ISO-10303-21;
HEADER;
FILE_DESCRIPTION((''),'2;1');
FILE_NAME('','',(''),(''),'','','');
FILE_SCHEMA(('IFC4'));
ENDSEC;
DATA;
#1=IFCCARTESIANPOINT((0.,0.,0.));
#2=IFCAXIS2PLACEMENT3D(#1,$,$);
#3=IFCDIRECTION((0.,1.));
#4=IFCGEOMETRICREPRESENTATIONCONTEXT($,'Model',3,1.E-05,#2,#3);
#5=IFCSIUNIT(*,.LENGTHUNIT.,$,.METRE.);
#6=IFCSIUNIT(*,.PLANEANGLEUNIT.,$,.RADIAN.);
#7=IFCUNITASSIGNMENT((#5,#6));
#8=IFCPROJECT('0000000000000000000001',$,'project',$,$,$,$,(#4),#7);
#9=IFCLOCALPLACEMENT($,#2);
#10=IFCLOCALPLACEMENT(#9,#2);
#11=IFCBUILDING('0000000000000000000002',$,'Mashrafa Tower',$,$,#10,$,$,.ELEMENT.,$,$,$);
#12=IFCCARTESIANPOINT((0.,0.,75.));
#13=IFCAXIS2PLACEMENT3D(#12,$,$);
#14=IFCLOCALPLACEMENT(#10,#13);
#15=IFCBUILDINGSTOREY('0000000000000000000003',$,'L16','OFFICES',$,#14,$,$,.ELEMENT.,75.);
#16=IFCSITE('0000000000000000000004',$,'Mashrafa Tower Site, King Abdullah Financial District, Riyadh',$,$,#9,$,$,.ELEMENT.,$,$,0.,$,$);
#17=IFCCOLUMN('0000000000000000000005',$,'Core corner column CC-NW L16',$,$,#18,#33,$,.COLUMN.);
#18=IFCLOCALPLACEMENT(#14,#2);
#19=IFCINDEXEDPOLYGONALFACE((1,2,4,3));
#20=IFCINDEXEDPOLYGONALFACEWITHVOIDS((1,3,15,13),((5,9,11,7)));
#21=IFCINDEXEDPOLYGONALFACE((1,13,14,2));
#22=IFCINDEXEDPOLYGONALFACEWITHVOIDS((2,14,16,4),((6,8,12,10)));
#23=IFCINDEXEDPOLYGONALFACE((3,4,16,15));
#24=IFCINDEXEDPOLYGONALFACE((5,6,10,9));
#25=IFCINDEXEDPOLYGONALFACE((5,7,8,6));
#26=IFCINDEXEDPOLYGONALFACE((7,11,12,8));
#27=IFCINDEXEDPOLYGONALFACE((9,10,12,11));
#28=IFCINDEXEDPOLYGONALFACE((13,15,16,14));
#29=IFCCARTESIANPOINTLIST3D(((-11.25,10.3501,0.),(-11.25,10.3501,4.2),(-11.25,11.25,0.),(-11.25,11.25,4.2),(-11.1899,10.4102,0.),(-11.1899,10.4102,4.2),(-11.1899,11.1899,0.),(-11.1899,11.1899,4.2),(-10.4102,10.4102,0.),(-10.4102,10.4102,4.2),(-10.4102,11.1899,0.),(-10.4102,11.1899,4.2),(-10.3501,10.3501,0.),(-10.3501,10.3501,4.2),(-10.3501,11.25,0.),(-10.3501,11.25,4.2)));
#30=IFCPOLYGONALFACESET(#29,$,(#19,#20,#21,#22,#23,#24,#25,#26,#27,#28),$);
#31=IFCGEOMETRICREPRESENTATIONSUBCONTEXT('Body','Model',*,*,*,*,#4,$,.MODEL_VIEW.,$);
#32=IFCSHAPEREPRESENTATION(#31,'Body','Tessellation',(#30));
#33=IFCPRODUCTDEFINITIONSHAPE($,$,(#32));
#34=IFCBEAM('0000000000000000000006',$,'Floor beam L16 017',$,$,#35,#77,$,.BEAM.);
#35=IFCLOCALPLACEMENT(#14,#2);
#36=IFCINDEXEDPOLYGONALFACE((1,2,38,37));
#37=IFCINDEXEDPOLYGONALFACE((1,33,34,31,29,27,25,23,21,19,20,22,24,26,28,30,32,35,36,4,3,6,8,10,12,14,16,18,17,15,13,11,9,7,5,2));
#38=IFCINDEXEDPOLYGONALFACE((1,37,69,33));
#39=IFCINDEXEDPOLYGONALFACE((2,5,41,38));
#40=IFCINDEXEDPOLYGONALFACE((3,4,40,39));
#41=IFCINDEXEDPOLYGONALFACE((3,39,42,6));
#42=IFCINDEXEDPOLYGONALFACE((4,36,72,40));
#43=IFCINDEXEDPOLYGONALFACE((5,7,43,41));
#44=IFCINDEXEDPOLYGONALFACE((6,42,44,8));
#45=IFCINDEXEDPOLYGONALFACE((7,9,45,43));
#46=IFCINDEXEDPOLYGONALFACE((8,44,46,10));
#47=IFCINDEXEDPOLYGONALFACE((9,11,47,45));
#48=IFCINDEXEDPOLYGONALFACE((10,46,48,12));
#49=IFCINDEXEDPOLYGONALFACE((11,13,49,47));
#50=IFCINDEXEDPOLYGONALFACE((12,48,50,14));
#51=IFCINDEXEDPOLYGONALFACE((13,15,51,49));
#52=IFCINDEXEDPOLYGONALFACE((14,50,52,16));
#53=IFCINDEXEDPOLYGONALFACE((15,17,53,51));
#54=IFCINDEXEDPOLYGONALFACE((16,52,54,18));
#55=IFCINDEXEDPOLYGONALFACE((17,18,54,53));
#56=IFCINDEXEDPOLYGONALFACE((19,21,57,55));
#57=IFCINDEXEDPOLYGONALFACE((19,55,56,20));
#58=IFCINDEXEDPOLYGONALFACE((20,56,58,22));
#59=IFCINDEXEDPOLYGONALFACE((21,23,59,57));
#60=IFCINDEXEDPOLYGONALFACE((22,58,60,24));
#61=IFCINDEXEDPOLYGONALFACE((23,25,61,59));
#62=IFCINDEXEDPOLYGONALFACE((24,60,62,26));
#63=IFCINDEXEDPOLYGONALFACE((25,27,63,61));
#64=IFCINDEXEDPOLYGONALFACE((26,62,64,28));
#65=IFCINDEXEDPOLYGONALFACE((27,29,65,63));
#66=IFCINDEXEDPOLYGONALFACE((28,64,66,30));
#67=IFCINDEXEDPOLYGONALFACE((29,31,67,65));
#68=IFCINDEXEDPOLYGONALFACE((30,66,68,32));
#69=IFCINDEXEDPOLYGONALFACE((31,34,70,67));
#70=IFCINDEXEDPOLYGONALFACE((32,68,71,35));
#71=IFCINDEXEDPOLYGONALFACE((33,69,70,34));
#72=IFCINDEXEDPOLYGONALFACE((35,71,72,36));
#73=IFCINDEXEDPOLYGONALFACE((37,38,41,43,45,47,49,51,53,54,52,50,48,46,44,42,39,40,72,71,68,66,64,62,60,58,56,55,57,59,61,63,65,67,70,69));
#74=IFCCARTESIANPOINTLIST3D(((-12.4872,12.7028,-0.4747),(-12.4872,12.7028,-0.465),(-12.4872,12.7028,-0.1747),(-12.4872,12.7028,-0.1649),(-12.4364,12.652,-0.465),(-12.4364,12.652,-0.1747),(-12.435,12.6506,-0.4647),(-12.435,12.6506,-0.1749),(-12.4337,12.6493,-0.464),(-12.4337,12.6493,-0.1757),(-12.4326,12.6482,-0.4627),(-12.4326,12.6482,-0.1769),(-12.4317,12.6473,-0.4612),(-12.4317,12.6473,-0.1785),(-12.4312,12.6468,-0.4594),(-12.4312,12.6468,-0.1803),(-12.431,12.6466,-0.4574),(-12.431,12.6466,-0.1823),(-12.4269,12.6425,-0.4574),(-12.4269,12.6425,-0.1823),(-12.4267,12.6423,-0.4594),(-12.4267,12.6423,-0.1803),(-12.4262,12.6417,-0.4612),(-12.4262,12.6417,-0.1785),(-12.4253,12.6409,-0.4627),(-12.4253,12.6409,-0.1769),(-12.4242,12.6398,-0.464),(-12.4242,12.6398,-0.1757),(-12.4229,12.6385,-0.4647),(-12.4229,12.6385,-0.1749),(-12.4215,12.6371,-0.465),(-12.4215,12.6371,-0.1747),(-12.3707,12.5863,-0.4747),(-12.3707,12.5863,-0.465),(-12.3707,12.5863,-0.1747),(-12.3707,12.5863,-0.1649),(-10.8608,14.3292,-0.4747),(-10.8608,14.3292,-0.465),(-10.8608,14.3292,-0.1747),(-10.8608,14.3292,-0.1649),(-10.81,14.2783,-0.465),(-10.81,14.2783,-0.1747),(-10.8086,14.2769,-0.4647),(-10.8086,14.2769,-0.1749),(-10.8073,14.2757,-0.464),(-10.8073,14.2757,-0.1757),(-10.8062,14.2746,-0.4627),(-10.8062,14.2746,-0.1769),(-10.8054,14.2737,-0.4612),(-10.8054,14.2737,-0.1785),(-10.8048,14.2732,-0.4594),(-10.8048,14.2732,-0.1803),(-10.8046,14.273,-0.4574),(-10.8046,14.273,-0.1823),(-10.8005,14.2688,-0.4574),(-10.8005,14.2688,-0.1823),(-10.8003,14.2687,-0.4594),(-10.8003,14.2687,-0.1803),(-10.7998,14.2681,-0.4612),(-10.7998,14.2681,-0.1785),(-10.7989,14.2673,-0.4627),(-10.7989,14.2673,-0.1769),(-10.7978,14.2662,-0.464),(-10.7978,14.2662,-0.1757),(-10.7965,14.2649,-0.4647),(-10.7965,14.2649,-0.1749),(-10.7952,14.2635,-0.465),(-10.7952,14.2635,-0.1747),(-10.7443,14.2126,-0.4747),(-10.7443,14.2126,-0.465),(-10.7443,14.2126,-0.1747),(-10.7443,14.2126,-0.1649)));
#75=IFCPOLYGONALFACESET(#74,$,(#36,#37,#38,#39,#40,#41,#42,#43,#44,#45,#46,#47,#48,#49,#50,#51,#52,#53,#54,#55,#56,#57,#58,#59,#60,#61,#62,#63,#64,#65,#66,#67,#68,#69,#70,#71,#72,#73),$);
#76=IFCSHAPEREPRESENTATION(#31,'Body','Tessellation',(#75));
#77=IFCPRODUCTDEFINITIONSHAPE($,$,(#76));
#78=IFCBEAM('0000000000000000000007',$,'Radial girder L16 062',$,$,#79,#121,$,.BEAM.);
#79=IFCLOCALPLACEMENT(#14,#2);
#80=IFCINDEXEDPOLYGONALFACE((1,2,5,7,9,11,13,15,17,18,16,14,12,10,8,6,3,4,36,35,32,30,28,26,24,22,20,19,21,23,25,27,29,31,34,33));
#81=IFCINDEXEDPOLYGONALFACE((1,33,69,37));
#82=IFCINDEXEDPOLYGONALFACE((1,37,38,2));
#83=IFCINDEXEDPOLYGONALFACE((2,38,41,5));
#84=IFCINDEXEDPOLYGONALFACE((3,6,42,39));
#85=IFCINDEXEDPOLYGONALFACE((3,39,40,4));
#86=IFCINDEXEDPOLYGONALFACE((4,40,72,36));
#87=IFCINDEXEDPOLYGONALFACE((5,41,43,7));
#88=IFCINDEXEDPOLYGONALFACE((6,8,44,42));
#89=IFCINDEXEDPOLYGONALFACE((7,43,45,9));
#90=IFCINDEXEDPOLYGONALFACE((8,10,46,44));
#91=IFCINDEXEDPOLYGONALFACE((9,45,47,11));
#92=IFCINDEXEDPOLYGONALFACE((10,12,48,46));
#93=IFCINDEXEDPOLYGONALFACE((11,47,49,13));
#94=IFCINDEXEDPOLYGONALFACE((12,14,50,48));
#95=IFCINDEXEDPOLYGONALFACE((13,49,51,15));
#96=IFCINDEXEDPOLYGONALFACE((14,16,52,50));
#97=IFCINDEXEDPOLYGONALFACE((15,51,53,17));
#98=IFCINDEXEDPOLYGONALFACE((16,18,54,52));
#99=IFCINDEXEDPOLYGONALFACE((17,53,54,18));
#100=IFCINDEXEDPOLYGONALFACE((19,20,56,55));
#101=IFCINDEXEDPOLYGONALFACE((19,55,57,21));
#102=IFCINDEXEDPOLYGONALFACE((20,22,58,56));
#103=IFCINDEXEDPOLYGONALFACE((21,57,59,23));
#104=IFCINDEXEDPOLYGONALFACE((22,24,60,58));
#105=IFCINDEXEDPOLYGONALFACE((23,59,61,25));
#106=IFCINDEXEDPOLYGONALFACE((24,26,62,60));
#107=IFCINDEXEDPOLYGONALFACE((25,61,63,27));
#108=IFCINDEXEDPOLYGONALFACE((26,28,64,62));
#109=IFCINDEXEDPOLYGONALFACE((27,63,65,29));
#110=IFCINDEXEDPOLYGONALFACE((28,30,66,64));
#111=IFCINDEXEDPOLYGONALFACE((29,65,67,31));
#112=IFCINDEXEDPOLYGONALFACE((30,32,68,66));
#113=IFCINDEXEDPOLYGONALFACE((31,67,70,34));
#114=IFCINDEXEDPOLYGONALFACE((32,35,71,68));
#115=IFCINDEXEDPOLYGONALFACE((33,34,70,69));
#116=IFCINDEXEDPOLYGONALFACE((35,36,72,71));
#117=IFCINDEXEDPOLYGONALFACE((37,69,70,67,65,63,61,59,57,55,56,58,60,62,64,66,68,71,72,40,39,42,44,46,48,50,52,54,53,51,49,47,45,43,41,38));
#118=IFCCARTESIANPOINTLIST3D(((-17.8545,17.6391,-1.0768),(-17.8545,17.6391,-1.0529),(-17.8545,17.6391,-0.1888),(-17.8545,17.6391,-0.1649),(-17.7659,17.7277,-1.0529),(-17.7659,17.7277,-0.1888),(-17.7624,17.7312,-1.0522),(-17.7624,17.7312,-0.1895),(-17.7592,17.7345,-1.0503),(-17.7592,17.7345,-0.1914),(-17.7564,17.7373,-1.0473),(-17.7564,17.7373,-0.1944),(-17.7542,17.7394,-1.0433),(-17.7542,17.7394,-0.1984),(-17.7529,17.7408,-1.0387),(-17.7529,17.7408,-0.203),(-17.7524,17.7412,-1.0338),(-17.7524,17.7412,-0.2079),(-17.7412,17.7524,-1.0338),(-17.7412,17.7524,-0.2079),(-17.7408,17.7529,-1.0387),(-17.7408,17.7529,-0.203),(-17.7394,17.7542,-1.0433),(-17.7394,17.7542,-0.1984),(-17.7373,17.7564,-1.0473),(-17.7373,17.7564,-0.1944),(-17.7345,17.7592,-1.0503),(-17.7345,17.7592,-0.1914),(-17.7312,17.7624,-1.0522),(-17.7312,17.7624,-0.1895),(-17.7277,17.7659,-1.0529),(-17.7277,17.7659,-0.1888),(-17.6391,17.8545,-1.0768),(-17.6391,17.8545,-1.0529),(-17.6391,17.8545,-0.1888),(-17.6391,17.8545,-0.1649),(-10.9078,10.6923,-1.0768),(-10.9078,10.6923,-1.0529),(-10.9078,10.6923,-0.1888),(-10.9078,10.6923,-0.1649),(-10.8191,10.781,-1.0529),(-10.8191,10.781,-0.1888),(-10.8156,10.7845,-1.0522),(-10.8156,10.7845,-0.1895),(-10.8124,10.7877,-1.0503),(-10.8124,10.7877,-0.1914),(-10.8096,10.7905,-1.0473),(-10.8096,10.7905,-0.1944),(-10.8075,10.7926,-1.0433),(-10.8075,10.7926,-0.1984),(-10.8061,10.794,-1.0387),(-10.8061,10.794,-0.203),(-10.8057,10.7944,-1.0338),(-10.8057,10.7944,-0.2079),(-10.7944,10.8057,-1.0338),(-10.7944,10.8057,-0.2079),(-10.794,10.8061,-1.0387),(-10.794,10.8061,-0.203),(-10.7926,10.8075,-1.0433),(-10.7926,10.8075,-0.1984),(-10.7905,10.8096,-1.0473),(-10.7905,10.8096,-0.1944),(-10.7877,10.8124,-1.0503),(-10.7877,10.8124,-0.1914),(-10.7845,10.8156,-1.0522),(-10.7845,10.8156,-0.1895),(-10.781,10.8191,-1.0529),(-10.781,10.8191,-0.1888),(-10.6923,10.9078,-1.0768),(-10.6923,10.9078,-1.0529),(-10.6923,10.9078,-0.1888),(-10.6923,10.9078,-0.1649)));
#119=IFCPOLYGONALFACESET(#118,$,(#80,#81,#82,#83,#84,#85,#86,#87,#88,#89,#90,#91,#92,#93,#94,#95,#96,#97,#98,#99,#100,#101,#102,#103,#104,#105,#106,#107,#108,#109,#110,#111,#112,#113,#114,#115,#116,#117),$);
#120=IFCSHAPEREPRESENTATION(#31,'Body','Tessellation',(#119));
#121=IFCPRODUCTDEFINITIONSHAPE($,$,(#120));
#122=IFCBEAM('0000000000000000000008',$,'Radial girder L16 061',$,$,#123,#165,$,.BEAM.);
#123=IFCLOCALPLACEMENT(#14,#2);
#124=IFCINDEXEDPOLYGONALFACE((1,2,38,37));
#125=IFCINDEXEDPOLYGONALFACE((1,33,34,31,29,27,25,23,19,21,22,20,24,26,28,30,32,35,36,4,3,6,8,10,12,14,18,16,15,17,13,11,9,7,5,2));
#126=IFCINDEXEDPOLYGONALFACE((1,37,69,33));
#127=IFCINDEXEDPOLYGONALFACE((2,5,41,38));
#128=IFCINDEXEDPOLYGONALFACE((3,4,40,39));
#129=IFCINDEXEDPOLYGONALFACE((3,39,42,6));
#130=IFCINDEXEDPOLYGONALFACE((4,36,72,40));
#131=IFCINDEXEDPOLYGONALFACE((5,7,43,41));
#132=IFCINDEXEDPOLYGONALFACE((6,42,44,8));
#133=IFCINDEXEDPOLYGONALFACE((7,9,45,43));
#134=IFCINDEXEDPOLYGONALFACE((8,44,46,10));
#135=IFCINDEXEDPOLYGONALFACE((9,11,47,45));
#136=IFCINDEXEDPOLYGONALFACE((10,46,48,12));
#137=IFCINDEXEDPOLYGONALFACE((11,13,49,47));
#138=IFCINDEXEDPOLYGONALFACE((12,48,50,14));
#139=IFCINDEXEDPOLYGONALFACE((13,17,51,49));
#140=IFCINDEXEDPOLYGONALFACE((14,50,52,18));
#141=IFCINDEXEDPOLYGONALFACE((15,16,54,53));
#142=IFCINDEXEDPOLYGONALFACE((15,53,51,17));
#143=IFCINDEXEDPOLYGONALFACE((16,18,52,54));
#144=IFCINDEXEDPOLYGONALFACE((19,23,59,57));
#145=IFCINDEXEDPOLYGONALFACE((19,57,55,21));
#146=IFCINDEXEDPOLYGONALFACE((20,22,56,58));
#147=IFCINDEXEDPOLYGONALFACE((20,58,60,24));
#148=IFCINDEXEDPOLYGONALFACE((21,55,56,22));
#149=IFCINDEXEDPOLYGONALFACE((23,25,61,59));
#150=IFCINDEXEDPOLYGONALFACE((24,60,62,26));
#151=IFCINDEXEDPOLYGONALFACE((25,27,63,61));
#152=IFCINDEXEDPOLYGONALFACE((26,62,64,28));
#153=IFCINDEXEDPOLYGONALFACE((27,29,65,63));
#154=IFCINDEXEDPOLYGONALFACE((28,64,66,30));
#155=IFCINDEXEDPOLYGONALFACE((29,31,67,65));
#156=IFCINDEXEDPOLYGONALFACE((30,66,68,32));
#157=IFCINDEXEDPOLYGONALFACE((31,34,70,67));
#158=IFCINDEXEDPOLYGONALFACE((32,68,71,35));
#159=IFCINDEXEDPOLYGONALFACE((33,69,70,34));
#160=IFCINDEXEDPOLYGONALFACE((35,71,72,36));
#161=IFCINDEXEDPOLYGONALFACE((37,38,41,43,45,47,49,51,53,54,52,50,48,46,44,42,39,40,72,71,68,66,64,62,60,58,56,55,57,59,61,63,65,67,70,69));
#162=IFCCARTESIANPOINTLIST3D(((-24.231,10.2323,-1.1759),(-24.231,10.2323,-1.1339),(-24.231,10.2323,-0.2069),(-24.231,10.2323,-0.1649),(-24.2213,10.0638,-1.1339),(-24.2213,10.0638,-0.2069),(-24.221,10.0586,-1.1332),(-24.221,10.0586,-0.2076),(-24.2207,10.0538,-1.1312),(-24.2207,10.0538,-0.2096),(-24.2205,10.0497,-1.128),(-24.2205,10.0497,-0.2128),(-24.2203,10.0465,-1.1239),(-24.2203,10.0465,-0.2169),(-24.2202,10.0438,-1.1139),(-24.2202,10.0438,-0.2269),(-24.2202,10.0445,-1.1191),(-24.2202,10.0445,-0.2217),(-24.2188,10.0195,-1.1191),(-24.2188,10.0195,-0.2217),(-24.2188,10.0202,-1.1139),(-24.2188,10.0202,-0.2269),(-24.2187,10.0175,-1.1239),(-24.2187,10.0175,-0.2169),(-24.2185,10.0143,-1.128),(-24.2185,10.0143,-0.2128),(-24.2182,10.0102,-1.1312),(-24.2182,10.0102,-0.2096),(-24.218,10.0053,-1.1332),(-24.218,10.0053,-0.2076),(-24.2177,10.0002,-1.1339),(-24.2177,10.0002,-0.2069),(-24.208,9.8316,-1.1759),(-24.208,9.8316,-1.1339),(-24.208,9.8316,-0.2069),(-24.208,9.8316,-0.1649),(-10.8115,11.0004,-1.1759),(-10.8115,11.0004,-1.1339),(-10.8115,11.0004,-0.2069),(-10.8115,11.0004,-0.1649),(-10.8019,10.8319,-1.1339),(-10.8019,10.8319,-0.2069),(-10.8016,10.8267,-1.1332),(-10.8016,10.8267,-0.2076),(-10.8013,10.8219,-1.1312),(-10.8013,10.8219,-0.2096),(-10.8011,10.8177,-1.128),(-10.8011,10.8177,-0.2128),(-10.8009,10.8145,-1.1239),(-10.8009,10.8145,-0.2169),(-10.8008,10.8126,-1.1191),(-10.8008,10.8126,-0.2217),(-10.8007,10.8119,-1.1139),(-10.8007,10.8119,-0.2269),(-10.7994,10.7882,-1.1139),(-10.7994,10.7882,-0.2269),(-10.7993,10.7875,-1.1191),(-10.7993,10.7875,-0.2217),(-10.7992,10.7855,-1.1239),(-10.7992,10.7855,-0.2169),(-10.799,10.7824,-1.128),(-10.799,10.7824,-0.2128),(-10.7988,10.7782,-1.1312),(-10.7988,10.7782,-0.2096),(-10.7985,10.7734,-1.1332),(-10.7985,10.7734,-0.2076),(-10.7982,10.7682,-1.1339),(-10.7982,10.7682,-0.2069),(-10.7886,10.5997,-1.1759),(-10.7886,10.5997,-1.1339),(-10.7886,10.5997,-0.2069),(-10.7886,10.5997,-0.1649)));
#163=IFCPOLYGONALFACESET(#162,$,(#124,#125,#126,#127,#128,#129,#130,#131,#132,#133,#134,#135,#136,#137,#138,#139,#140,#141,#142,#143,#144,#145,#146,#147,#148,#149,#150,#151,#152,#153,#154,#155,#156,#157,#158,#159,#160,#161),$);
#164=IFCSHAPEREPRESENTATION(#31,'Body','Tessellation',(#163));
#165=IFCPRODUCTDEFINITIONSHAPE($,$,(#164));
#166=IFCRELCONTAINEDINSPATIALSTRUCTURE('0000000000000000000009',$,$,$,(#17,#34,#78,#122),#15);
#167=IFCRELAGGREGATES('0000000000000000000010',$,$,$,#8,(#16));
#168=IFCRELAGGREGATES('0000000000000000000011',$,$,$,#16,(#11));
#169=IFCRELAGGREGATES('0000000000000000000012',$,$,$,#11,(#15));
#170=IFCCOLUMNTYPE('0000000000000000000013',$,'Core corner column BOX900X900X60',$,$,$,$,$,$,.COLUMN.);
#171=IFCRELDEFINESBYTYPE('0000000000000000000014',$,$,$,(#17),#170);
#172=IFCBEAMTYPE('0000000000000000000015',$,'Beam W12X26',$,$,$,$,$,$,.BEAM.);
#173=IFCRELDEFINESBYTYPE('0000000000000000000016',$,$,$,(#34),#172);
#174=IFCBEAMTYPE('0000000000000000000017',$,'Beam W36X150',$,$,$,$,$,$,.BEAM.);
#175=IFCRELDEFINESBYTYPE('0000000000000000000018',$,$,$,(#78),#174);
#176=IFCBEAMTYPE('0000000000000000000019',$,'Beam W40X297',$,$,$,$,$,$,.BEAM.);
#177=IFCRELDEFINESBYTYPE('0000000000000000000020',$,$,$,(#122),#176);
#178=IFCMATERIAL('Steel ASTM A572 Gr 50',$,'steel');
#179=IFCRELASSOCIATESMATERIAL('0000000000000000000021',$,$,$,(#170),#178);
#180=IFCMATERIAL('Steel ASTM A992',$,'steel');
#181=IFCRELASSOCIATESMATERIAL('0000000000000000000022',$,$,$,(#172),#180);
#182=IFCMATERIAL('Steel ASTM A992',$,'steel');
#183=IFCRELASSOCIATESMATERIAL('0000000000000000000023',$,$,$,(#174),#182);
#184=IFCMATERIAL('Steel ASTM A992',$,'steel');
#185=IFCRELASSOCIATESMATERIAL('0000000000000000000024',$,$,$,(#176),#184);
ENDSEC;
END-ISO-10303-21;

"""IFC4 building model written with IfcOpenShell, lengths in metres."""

from ifc_helpers import new_model, si_unit, direction, frame, origin, origin_2d, place, context, subcontext, project, spatial, hollow_rectangle, i_section, extrude, material, material_profile, profile_set, type_object, element, save


model = new_model("IFC4")

# Units and contexts
model_context = context("Model", 3, precision=1e-05, world=origin(), true_north=direction((0.0, 1.0)))
body_context = subcontext(model_context, "Body", "Model", "MODEL_VIEW")
ifc_project = project(units=[si_unit("LENGTHUNIT", "METRE"), si_unit("PLANEANGLEUNIT", "RADIAN")], contexts=[model_context])

# Site, building, storey
site_placement = place(None, origin())
site = spatial("IfcSite", under=ifc_project, at=site_placement, Name="Mashrafa Tower Site, King Abdullah Financial District, Riyadh", CompositionType="ELEMENT", RefElevation=0.0)
building_placement = place(site_placement, origin())
building = spatial("IfcBuilding", under=site, at=building_placement, Name="Mashrafa Tower", CompositionType="ELEMENT")
storey_placement = place(building_placement, frame((0.0, 0.0, 75.0)))
storey = spatial("IfcBuildingStorey", under=building, at=storey_placement, Name="L16", Description="OFFICES", CompositionType="ELEMENT", Elevation=75.0)

# Column
ifc_material_1 = material(Name="Steel ASTM A572 Gr 50", Category="steel")
ifc_material_profile_1 = material_profile(ifc_material_1, hollow_rectangle(XDim=0.8999, YDim=0.8999, WallThickness=0.0601, at=origin_2d()), Name="BOX900X900X60")
ifc_profile_set_1 = profile_set([ifc_material_profile_1], Name="Steel ASTM A572 Gr 50")
column_type = type_object("IfcColumnType", Name="Core corner column BOX900X900X60", PredefinedType="COLUMN", material=ifc_profile_set_1)
column_placement = place(storey_placement, frame((-10.8, 10.8, 0.0), z_axis=(0.0, 0.0, 1.0), x_axis=(1.0, 0.0, 0.0)))
element("IfcColumn", 1, at=column_placement, inside=storey, type_object=column_type, Name="Core corner column CC-NW L16", PredefinedType="COLUMN", context=body_context, shape_type="SweptSolid", body=[
    extrude(hollow_rectangle(XDim=0.8999, YDim=0.8999, WallThickness=0.0601, at=origin_2d()), origin(), (0.0, 0.0, 1.0), 4.2),
])

# Beams
ifc_material_2 = material(Name="Steel ASTM A992", Category="steel")
ifc_material_profile_2 = material_profile(ifc_material_2, i_section(OverallWidth=0.1648, OverallDepth=0.3098, WebThickness=0.0059, FlangeThickness=0.0098, FilletRadius=0.0076, at=origin_2d()), Name="W12X26")
ifc_profile_set_2 = profile_set([ifc_material_profile_2], Name="Steel ASTM A992")
beam_type_1 = type_object("IfcBeamType", Name="Beam W12X26", PredefinedType="BEAM", material=ifc_profile_set_2)
beam_1_placement = place(storey_placement, frame((-12.429, 12.6445, -0.3198), z_axis=(0.707107, 0.707107, 0.0), x_axis=(-0.707107, 0.707107, 0.0)))
element("IfcBeam", 2, at=beam_1_placement, inside=storey, type_object=beam_type_1, Name="Floor beam L16 017", PredefinedType="BEAM", context=body_context, shape_type="SweptSolid", body=[
    extrude(i_section(OverallWidth=0.1648, OverallDepth=0.3098, WebThickness=0.0059, FlangeThickness=0.0098, FilletRadius=0.0076, at=origin_2d()), origin(), (0.0, 0.0, 1.0), 2.3),
])
ifc_material_3 = material(Name="Steel ASTM A992", Category="steel")
ifc_material_profile_3 = material_profile(ifc_material_3, i_section(OverallWidth=0.3047, OverallDepth=0.9119, WebThickness=0.0159, FlangeThickness=0.0239, FilletRadius=0.019, at=origin_2d()), Name="W36X150")
ifc_profile_set_3 = profile_set([ifc_material_profile_3], Name="Steel ASTM A992")
beam_type_2 = type_object("IfcBeamType", Name="Beam W36X150", PredefinedType="BEAM", material=ifc_profile_set_3)
beam_2_placement = place(storey_placement, frame((-10.8, 10.8, -0.6208), z_axis=(-0.707107, 0.707107, 0.0), x_axis=(-0.707107, -0.707107, 0.0)))
element("IfcBeam", 3, at=beam_2_placement, inside=storey, type_object=beam_type_2, Name="Radial girder L16 062", PredefinedType="BEAM", context=body_context, shape_type="SweptSolid", body=[
    extrude(i_section(OverallWidth=0.3047, OverallDepth=0.9119, WebThickness=0.0159, FlangeThickness=0.0239, FilletRadius=0.019, at=origin_2d()), origin(), (0.0, 0.0, 1.0), 9.8242),
])
ifc_material_4 = material(Name="Steel ASTM A992", Category="steel")
ifc_material_profile_4 = material_profile(ifc_material_4, i_section(OverallWidth=0.4014, OverallDepth=1.011, WebThickness=0.0237, FlangeThickness=0.042, FilletRadius=0.02, at=origin_2d()), Name="W40X297")
ifc_profile_set_4 = profile_set([ifc_material_profile_4], Name="Steel ASTM A992")
beam_type_3 = type_object("IfcBeamType", Name="Beam W40X297", PredefinedType="BEAM", material=ifc_profile_set_4)
for number, where, z_axis, x_axis, name in (
    (4, (-10.8, 10.8, -0.6704), (-0.998366, -0.057142, 0.0), (0.057142, -0.998366, 0.0), "Radial girder L16 061"),
):
    element("IfcBeam", number, at=place(storey_placement, frame(where, z_axis=z_axis, x_axis=x_axis)), inside=storey, type_object=beam_type_3, Name=name, PredefinedType="BEAM", context=body_context, shape_type="SweptSolid", body=[
        extrude(i_section(OverallWidth=0.4014, OverallDepth=1.011, WebThickness=0.0237, FlangeThickness=0.042, FilletRadius=0.02, at=origin_2d()), origin(), (0.0, 0.0, 1.0), 13.4414),
    ])

save(model, "model.ifc")
